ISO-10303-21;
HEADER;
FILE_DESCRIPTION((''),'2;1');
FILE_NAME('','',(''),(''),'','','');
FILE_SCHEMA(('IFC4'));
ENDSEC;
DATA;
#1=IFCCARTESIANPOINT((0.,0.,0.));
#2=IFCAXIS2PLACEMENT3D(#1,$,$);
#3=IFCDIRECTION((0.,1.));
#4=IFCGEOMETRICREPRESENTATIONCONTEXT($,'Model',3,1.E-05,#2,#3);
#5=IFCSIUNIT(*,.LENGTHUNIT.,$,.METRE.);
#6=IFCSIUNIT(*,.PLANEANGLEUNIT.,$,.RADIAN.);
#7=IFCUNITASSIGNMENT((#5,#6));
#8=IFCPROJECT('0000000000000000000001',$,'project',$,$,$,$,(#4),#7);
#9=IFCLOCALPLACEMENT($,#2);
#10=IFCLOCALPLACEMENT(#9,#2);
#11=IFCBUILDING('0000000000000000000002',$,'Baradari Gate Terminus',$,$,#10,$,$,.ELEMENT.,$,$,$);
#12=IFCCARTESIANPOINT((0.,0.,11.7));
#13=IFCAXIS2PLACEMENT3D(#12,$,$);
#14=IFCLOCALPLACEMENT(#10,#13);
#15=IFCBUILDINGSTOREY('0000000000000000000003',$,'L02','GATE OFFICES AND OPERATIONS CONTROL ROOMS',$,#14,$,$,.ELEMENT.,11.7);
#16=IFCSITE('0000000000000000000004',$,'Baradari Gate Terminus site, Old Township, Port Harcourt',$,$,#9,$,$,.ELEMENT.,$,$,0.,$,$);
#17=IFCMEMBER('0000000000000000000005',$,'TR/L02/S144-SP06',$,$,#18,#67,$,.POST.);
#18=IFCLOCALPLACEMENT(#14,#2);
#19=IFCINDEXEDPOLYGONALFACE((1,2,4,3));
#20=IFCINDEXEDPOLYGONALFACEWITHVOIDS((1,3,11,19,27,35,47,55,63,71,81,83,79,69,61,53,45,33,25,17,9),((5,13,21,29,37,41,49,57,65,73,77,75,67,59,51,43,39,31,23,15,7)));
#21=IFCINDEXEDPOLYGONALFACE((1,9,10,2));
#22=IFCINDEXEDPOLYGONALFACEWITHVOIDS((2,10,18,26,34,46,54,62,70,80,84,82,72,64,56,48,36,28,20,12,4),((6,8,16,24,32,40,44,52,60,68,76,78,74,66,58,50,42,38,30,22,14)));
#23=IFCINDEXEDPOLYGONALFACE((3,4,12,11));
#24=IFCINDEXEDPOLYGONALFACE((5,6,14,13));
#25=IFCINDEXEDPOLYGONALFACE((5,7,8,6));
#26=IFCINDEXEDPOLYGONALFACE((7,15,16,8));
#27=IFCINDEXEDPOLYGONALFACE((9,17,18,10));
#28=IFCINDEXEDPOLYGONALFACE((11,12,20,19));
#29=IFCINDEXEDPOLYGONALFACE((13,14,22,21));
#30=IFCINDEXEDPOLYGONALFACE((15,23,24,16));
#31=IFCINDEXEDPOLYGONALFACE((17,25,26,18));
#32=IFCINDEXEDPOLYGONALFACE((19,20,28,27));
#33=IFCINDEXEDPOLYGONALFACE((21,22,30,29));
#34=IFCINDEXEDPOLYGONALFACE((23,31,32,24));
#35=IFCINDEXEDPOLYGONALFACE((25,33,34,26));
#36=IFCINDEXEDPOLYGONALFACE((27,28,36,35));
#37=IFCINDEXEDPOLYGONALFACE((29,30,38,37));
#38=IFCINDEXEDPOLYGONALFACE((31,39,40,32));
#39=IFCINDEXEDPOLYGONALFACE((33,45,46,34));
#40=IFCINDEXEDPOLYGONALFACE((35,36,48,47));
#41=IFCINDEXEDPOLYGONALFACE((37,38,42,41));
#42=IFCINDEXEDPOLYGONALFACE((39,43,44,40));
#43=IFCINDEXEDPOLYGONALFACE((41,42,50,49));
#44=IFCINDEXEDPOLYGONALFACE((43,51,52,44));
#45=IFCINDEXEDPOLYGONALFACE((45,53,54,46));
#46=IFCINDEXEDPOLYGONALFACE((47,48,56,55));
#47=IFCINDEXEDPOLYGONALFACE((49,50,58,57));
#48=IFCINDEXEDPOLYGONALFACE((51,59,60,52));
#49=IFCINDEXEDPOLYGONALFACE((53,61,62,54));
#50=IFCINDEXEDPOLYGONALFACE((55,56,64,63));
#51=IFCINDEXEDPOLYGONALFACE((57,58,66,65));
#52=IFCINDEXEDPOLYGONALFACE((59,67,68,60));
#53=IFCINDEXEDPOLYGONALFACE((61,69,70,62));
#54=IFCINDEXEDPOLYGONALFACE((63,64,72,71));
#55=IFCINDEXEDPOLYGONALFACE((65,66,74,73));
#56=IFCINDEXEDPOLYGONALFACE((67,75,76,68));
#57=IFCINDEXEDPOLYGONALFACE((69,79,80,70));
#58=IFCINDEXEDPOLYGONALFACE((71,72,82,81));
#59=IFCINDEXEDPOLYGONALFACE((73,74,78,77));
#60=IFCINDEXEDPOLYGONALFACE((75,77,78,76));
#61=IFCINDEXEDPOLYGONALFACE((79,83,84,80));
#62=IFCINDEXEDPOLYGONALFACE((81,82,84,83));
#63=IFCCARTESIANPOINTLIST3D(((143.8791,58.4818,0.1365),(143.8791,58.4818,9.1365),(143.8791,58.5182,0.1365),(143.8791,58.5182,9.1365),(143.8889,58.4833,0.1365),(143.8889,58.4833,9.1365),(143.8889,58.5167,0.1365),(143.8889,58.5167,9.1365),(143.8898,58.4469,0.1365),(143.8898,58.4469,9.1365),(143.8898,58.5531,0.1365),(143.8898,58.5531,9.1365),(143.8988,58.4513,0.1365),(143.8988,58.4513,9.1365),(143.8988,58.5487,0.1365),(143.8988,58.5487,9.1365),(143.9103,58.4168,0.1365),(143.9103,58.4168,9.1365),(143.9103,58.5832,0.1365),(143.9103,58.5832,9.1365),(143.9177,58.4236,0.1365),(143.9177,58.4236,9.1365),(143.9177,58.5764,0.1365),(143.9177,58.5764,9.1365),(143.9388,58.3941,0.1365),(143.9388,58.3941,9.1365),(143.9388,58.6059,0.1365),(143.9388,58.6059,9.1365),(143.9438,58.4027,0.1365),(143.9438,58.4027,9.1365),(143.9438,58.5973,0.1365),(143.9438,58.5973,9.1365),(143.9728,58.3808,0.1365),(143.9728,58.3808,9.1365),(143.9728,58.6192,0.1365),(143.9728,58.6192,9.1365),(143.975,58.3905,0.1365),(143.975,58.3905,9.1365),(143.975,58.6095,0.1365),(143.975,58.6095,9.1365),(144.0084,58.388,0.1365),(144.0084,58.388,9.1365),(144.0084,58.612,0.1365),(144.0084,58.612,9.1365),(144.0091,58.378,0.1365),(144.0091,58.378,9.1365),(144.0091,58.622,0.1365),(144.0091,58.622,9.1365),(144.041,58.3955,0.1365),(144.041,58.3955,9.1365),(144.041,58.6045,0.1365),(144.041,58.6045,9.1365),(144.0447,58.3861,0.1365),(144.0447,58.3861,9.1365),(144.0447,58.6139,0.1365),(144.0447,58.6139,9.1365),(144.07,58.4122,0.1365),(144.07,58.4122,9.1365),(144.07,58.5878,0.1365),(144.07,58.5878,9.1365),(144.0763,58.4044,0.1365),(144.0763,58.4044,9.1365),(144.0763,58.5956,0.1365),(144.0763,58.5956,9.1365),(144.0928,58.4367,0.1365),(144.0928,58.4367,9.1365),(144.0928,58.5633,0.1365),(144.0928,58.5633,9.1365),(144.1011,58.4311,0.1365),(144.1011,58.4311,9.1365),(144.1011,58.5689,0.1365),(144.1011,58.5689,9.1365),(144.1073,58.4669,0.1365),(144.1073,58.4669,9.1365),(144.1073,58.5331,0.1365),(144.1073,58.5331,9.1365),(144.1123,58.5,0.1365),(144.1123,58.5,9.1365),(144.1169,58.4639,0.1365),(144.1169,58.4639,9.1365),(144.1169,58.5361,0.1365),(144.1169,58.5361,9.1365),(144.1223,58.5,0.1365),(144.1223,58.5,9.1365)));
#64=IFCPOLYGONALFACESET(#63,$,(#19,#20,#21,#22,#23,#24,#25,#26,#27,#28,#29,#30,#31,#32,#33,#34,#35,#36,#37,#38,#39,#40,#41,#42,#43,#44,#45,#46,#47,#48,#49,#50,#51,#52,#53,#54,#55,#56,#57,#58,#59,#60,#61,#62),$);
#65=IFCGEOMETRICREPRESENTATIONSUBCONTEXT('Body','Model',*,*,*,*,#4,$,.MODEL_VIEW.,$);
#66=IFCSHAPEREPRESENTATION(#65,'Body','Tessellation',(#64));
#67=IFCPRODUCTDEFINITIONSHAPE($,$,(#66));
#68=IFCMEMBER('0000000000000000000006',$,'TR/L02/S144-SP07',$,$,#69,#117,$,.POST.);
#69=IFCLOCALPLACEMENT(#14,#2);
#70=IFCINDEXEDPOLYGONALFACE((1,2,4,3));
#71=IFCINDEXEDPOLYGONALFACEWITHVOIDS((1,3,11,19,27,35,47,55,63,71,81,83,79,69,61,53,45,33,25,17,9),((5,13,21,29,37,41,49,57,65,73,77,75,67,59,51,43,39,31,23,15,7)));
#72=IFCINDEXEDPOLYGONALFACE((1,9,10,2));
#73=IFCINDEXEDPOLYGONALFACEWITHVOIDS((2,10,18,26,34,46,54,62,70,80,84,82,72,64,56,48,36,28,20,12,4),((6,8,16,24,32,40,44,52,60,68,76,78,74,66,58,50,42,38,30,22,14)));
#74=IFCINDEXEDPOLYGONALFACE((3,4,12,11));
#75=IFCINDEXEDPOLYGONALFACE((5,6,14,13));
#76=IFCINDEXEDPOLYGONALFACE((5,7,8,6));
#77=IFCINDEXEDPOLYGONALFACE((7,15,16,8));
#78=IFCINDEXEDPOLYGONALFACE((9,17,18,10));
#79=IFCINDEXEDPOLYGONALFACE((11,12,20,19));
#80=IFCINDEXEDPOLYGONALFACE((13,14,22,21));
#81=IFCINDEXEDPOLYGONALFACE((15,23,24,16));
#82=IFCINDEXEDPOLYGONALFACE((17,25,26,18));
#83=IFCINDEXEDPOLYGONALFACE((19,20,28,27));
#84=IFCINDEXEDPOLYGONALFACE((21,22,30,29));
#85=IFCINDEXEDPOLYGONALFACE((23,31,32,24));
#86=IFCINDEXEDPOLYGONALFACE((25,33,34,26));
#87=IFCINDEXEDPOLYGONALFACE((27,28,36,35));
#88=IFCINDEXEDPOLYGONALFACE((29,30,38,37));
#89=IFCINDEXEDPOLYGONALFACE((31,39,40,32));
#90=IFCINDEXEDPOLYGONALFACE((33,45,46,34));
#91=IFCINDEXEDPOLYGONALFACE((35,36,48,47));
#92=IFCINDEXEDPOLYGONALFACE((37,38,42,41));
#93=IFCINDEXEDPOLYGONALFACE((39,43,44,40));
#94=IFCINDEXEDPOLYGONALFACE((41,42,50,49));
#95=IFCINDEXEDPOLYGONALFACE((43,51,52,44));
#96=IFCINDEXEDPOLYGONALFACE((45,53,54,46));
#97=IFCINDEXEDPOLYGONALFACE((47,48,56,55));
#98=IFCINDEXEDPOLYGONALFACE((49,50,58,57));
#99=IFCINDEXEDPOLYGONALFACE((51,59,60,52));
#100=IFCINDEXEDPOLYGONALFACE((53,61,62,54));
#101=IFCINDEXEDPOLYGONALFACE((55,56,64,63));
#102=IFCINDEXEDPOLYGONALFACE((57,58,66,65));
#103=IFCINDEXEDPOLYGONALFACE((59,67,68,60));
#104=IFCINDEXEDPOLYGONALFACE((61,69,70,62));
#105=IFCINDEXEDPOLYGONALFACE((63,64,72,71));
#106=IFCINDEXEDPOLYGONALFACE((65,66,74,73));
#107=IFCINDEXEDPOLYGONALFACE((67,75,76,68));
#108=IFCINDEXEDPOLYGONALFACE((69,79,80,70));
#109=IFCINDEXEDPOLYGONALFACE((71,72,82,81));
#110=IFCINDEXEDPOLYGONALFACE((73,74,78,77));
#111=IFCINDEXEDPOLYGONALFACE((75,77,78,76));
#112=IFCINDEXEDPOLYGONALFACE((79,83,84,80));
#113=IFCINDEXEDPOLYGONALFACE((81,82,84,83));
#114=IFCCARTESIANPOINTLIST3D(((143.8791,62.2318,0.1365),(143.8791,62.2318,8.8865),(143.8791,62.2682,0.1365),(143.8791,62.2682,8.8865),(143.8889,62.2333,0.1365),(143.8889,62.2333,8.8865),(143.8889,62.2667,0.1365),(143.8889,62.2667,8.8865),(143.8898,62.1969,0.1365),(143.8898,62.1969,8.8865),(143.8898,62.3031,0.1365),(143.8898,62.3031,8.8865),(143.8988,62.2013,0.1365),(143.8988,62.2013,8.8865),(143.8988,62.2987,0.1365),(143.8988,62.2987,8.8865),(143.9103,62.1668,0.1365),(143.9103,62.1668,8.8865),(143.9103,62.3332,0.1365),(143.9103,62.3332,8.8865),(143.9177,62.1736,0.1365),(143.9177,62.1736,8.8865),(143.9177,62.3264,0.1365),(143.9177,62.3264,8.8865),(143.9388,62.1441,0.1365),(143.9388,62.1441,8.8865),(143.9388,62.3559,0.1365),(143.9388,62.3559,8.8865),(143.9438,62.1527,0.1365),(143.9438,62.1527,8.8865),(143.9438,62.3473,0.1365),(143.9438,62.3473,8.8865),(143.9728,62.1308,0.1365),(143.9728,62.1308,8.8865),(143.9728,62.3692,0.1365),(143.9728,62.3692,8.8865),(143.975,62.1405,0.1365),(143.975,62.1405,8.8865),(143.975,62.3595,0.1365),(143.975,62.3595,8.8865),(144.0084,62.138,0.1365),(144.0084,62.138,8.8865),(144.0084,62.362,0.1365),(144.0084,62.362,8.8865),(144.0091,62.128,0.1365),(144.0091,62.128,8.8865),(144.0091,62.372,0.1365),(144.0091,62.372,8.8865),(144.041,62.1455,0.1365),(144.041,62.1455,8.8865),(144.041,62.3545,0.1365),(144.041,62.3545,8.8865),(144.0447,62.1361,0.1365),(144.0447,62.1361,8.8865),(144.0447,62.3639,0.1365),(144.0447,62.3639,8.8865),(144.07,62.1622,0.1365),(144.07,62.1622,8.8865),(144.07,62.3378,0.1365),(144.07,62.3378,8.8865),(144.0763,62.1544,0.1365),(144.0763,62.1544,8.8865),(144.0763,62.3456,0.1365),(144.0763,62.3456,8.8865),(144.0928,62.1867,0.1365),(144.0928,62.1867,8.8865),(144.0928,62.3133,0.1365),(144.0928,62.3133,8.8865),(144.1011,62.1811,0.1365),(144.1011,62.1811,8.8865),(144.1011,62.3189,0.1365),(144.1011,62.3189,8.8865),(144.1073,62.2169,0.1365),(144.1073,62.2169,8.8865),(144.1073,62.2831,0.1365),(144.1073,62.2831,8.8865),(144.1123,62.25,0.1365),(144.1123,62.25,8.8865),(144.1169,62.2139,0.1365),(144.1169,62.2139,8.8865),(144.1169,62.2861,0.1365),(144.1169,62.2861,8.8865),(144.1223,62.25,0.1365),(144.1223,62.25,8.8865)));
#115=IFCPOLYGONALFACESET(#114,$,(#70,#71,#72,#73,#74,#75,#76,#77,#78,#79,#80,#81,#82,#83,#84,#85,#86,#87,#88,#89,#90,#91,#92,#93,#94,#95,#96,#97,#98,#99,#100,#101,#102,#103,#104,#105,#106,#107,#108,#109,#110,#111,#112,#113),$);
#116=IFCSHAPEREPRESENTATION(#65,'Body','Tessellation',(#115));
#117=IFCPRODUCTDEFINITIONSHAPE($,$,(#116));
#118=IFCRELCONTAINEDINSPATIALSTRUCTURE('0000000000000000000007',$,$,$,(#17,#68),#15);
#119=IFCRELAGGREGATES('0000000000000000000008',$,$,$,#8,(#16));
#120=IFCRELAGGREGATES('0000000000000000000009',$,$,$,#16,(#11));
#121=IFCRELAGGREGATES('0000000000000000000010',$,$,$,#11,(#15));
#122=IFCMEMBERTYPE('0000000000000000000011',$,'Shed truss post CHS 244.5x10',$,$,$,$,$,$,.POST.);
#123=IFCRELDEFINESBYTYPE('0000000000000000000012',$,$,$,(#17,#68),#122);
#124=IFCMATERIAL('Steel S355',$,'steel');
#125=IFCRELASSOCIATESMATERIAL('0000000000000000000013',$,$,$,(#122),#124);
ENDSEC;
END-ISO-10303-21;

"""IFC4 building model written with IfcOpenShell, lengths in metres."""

from ifc_helpers import new_model, si_unit, direction, frame, origin, origin_2d, place, context, subcontext, project, spatial, hollow_circle, extrude, material, material_profile, profile_set, type_object, element, save


model = new_model("IFC4")

# Units and contexts
model_context = context("Model", 3, precision=1e-05, world=origin(), true_north=direction((0.0, 1.0)))
body_context = subcontext(model_context, "Body", "Model", "MODEL_VIEW")
ifc_project = project(units=[si_unit("LENGTHUNIT", "METRE"), si_unit("PLANEANGLEUNIT", "RADIAN")], contexts=[model_context])

# Site, building, storey
site_placement = place(None, origin())
site = spatial("IfcSite", under=ifc_project, at=site_placement, Name="Baradari Gate Terminus site, Old Township, Port Harcourt", CompositionType="ELEMENT", RefElevation=0.0)
building_placement = place(site_placement, origin())
building = spatial("IfcBuilding", under=site, at=building_placement, Name="Baradari Gate Terminus", CompositionType="ELEMENT")
storey_placement = place(building_placement, frame((0.0, 0.0, 11.7)))
storey = spatial("IfcBuildingStorey", under=building, at=storey_placement, Name="L02", Description="GATE OFFICES AND OPERATIONS CONTROL ROOMS", CompositionType="ELEMENT", Elevation=11.7)

# Members
ifc_material_1 = material(Name="Steel S355", Category="steel")
ifc_material_profile_1 = material_profile(ifc_material_1, hollow_circle(Radius=0.1223, WallThickness=0.01, at=origin_2d()), Name="CHS 244.5x10")
ifc_profile_set_1 = profile_set([ifc_material_profile_1], Name="Steel S355")
member_type_1 = type_object("IfcMemberType", Name="Shed truss post CHS 244.5x10", PredefinedType="POST", material=ifc_profile_set_1)
member_1_placement = place(storey_placement, frame((144.0, 58.5, 0.1365), z_axis=(0.0, 0.0, 1.0), x_axis=(1.0, 0.0, 0.0)))
element("IfcMember", 1, at=member_1_placement, inside=storey, type_object=member_type_1, Name="TR/L02/S144-SP06", PredefinedType="POST", context=body_context, shape_type="SweptSolid", body=[
    extrude(hollow_circle(Radius=0.1223, WallThickness=0.01, at=origin_2d()), origin(), (0.0, 0.0, 1.0), 9.0),
])
member_2_placement = place(storey_placement, frame((144.0, 62.25, 0.1365), z_axis=(0.0, 0.0, 1.0), x_axis=(1.0, 0.0, 0.0)))
element("IfcMember", 2, at=member_2_placement, inside=storey, type_object=member_type_1, Name="TR/L02/S144-SP07", PredefinedType="POST", context=body_context, shape_type="SweptSolid", body=[
    extrude(hollow_circle(Radius=0.1223, WallThickness=0.01, at=origin_2d()), origin(), (0.0, 0.0, 1.0), 8.75),
])

save(model, "model.ifc")
